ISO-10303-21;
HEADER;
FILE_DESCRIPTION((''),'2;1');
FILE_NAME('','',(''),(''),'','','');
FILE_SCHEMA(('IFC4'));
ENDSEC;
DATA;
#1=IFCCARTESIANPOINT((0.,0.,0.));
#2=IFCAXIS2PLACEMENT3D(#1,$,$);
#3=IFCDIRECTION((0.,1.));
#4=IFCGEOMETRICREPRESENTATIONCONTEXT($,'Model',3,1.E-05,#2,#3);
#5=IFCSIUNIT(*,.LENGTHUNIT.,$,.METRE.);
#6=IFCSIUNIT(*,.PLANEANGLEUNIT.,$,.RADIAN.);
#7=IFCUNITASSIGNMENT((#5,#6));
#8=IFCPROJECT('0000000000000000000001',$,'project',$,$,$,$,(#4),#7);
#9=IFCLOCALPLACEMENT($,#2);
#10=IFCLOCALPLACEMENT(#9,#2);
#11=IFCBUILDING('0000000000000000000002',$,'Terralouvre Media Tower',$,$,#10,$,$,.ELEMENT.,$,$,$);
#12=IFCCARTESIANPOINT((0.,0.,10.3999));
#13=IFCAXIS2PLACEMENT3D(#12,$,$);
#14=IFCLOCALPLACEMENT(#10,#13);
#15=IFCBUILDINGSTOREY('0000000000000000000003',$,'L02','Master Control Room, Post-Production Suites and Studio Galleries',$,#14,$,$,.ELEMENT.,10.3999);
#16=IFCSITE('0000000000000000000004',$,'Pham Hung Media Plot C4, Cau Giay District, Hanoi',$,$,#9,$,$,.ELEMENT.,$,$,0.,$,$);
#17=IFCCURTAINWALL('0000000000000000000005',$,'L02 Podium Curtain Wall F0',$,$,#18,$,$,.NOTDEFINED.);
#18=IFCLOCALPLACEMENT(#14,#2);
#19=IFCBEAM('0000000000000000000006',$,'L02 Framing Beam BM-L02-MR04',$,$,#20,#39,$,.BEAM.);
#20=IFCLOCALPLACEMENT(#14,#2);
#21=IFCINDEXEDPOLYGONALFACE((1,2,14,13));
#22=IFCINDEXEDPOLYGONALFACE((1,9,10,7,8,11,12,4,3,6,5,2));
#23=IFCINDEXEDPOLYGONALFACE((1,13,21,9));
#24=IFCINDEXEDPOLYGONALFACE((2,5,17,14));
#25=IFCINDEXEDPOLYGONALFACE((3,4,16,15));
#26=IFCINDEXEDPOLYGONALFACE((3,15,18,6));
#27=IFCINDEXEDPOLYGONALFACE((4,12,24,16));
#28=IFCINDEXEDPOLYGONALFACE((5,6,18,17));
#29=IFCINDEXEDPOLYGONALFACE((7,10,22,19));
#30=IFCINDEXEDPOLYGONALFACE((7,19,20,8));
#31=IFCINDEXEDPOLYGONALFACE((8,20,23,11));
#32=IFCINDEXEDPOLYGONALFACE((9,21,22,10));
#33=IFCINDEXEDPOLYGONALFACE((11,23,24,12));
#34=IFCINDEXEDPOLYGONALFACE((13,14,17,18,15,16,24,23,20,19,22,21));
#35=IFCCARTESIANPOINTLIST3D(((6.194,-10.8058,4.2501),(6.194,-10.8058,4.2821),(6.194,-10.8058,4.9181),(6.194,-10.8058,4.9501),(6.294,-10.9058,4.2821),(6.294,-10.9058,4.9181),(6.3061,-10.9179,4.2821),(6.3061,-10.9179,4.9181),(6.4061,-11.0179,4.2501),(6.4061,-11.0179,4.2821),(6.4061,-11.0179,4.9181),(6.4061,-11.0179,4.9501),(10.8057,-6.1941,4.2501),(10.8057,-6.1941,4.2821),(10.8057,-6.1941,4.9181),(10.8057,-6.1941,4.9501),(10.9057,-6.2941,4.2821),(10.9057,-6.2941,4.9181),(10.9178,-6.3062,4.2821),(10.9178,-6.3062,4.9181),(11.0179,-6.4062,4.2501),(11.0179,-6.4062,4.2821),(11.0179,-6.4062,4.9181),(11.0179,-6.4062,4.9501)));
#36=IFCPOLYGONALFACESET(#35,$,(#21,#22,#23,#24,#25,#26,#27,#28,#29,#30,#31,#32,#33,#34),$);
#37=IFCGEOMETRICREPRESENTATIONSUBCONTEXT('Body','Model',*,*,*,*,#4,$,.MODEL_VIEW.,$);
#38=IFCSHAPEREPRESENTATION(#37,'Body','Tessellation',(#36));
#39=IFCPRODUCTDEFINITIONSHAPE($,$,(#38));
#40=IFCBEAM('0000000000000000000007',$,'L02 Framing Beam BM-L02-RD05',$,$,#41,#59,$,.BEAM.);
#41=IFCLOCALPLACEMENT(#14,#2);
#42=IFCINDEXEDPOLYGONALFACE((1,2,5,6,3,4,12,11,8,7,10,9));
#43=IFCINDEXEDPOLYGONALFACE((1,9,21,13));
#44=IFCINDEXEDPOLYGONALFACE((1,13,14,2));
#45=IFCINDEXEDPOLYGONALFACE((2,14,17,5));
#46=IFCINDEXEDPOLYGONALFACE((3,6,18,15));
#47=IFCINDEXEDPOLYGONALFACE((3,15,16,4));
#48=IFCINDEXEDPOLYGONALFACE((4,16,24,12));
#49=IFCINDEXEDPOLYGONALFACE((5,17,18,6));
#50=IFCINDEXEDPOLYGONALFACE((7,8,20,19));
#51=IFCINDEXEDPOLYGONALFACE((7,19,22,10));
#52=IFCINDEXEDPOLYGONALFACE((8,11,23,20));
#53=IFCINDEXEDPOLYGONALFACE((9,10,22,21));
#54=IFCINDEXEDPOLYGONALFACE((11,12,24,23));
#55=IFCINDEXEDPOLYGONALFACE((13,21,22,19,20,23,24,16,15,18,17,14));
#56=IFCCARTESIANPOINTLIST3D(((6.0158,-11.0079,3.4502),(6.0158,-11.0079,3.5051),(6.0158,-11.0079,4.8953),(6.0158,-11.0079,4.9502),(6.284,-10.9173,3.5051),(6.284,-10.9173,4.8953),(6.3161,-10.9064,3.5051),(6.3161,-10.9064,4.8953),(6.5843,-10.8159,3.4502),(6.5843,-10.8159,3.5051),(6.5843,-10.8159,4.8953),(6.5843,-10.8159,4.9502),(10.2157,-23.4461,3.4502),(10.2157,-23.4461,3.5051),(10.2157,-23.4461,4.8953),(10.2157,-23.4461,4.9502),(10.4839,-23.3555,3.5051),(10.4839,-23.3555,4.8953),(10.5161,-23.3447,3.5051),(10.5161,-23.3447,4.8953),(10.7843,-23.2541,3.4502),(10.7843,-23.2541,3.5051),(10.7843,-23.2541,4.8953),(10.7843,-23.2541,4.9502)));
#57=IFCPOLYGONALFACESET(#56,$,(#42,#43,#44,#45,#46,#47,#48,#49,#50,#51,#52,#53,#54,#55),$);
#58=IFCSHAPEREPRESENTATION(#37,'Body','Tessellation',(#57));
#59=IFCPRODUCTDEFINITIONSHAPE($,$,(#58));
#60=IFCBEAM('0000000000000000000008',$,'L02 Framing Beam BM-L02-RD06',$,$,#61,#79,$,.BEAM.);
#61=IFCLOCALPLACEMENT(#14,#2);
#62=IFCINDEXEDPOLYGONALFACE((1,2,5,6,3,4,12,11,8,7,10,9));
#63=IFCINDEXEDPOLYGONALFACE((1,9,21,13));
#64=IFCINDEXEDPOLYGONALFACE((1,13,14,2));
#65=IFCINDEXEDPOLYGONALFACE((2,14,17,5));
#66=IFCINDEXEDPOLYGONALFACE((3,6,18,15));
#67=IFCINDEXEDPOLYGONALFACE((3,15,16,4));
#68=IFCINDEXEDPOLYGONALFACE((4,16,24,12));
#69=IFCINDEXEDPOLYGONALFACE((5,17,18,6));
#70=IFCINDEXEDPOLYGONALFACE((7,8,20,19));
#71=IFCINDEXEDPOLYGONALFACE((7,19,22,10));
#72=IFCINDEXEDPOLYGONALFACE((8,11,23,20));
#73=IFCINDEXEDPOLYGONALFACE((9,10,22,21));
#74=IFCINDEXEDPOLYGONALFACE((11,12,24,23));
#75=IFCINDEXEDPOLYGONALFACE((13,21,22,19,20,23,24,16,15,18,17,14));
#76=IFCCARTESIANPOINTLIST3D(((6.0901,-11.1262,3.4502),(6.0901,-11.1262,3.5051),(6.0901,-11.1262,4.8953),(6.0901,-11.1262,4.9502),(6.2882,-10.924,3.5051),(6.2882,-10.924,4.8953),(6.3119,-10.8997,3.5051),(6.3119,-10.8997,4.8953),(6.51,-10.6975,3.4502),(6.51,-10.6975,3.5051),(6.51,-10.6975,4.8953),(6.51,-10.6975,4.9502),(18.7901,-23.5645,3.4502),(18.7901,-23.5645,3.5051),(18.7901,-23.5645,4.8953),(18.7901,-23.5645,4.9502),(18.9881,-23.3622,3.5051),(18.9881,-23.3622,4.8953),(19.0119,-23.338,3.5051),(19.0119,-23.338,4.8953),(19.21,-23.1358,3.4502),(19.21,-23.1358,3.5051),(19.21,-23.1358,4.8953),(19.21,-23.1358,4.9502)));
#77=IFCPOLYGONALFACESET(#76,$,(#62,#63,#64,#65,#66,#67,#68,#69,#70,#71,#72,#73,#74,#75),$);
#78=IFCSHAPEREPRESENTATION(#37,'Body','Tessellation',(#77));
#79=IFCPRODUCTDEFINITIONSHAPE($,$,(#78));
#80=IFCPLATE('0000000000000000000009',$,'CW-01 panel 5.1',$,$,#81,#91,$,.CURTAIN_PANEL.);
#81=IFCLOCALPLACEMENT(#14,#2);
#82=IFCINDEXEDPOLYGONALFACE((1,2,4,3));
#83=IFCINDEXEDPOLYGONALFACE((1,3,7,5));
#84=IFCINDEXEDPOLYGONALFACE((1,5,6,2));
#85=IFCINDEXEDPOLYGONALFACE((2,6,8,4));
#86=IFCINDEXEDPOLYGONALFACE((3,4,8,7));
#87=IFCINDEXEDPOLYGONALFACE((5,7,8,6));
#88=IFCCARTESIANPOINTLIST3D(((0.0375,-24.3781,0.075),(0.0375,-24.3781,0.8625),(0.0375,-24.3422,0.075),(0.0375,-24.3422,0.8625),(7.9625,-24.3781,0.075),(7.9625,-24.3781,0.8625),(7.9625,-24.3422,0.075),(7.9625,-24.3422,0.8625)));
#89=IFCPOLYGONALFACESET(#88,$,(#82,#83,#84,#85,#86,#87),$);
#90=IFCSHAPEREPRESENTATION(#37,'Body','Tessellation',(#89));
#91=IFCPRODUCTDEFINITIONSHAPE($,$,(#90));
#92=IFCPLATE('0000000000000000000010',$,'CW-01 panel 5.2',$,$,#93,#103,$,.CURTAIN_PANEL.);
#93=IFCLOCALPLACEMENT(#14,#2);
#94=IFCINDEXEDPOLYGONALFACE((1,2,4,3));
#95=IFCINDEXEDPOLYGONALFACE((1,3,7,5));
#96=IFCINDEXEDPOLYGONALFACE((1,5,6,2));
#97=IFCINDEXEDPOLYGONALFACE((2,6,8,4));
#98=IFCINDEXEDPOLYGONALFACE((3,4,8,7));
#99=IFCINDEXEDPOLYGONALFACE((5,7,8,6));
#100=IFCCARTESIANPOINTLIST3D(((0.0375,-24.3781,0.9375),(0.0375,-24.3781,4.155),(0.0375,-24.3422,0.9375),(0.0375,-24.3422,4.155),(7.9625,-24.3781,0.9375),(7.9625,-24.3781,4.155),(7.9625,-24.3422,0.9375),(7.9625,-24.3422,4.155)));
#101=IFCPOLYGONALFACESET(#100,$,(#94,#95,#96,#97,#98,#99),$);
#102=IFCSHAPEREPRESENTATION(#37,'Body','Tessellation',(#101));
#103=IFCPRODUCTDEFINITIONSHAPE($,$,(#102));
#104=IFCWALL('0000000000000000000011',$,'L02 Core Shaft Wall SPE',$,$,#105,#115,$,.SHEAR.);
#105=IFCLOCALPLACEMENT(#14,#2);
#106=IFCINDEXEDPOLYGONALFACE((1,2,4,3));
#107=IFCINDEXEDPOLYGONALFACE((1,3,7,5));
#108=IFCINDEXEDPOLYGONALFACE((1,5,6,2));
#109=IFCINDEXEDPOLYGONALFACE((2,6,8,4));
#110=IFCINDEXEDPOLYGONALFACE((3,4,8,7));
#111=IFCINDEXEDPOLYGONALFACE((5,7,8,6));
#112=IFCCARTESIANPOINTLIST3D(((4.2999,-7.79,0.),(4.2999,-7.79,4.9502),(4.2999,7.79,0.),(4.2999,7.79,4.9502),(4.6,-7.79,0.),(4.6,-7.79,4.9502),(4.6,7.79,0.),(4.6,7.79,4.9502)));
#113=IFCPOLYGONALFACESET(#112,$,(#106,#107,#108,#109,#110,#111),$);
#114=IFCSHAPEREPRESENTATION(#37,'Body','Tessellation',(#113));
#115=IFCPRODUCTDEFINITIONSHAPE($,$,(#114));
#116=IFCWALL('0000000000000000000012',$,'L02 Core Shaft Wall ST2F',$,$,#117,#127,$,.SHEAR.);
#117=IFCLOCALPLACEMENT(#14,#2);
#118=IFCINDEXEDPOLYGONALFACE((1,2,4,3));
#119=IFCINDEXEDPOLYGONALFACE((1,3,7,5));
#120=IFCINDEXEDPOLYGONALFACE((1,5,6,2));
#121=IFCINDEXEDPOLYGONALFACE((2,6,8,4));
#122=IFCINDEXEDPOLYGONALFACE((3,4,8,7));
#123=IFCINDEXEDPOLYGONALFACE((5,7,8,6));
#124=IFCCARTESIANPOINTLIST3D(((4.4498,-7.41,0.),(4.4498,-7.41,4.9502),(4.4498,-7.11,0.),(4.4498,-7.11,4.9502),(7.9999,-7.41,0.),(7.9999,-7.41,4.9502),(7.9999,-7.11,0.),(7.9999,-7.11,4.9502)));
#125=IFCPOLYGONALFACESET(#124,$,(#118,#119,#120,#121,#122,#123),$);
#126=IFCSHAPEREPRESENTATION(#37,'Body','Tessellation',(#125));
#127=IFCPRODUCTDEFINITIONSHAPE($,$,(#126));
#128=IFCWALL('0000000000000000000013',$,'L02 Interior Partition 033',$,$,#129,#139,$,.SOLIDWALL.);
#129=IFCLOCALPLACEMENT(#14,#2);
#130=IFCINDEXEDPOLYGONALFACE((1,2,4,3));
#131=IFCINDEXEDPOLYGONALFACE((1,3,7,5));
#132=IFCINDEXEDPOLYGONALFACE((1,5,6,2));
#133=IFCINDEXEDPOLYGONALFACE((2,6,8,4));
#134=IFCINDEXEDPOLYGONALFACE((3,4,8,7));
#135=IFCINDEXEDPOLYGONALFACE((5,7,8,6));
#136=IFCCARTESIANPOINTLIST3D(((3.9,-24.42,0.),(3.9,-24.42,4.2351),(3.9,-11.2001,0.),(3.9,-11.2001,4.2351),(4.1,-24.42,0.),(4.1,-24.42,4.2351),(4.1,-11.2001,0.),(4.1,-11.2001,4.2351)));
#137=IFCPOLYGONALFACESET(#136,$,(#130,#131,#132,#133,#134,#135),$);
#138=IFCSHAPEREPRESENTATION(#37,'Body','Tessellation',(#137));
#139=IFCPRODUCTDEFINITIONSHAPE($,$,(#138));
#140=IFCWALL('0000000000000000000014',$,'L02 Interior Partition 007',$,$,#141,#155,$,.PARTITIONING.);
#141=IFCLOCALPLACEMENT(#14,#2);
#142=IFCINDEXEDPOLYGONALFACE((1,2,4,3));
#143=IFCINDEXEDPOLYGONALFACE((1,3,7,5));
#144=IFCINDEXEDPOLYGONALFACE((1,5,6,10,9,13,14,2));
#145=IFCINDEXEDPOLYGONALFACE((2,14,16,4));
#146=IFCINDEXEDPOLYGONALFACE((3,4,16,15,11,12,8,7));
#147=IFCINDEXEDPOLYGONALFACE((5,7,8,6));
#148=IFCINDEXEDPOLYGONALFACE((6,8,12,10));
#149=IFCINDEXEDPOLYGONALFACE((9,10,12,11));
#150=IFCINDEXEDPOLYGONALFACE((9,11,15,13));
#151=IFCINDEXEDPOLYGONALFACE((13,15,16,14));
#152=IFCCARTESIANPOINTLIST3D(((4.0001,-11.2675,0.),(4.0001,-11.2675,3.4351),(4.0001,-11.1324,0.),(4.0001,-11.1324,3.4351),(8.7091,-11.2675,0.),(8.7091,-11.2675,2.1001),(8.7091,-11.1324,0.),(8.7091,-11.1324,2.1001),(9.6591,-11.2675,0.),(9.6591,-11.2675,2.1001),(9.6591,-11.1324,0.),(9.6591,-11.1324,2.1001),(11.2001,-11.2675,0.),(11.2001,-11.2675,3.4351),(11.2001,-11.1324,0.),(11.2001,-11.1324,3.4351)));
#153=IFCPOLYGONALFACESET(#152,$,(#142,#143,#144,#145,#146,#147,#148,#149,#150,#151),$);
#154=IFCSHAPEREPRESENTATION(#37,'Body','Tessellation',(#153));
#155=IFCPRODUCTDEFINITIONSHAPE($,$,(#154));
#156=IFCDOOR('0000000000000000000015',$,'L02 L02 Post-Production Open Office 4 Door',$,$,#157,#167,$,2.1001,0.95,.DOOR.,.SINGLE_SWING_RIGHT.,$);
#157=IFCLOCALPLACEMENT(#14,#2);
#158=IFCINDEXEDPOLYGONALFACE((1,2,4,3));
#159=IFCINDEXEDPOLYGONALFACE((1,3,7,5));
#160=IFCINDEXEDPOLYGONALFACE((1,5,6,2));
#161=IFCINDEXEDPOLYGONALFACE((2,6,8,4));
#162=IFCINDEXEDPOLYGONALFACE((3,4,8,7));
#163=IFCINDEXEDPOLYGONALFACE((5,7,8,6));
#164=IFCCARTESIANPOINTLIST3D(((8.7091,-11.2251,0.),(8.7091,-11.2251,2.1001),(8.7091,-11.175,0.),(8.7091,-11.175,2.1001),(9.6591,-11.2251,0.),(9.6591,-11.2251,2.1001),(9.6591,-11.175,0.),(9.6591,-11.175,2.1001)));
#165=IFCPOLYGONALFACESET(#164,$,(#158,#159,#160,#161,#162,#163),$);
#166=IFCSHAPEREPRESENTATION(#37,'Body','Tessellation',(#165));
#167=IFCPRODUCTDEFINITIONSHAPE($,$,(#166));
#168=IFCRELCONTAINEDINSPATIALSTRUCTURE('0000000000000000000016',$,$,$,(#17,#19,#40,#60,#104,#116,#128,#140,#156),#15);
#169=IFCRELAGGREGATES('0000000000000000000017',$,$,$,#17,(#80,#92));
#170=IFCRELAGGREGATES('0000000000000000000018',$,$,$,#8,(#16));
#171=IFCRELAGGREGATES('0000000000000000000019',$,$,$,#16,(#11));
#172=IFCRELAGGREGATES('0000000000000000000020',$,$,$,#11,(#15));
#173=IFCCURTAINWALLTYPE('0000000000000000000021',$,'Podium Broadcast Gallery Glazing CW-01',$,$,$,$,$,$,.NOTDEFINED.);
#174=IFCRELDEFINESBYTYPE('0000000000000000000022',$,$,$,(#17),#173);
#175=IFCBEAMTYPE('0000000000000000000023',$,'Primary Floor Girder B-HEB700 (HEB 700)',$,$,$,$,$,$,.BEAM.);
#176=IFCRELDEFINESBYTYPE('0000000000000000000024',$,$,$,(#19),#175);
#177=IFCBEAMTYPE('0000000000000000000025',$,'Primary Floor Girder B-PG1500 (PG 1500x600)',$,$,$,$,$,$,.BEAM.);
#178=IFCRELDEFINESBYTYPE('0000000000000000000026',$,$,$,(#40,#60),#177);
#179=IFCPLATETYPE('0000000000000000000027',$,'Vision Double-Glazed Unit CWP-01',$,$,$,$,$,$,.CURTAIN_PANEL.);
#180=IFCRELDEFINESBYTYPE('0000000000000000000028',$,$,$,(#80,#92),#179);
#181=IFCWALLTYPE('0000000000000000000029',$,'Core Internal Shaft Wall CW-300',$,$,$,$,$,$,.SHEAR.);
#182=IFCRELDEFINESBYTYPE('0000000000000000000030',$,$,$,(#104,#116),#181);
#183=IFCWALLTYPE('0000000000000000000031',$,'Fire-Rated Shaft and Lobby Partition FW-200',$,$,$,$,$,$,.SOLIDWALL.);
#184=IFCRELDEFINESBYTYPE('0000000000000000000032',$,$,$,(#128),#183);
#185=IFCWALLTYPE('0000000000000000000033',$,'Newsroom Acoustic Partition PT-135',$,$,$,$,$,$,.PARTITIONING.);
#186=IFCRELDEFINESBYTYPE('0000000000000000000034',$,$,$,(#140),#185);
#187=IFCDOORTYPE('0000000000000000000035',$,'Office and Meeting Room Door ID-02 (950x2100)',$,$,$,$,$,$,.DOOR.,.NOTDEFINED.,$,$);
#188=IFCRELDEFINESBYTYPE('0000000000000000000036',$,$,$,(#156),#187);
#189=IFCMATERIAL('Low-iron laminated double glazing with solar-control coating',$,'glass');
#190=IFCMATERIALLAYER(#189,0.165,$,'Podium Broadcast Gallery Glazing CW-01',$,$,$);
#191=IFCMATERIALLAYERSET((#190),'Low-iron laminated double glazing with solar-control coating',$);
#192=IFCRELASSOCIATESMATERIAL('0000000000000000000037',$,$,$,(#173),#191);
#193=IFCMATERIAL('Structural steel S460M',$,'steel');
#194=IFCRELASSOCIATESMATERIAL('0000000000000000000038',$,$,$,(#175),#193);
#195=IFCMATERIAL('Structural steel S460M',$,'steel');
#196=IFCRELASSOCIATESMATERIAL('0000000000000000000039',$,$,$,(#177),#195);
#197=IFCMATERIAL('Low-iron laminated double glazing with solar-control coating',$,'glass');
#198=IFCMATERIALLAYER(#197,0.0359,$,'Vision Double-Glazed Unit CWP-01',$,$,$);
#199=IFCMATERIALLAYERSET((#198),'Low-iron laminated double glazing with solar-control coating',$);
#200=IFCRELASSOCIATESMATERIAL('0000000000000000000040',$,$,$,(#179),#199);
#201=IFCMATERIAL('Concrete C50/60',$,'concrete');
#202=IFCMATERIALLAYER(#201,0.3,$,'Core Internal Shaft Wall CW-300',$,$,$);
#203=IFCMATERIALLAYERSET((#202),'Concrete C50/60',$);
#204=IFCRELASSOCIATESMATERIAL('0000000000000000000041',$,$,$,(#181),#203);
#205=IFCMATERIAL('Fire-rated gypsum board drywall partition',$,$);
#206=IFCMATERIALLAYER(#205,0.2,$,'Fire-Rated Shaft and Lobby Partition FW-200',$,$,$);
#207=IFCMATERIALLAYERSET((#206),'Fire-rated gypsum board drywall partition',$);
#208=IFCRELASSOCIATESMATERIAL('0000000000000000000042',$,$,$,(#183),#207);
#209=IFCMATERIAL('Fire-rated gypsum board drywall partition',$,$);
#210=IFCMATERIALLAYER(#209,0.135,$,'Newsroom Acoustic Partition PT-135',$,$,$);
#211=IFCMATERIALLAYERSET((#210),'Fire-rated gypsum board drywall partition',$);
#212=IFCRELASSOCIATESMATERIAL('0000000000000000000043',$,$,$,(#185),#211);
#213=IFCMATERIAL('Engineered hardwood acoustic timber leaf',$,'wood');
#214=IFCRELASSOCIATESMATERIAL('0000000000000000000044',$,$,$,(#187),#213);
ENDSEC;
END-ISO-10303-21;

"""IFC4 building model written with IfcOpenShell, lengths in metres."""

from ifc_helpers import new_model, si_unit, direction, frame, frame_2d, origin, origin_2d, place, context, subcontext, project, spatial, rectangle, i_section, extrude, material, layer, layer_set, material_profile, profile_set, type_object, element, fill, aggregate, save


model = new_model("IFC4")

# Units and contexts
model_context = context("Model", 3, precision=1e-05, world=origin(), true_north=direction((0.0, 1.0)))
body_context = subcontext(model_context, "Body", "Model", "MODEL_VIEW")
ifc_project = project(units=[si_unit("LENGTHUNIT", "METRE"), si_unit("PLANEANGLEUNIT", "RADIAN")], contexts=[model_context])

# Site, building, storey
site_placement = place(None, origin())
site = spatial("IfcSite", under=ifc_project, at=site_placement, Name="Pham Hung Media Plot C4, Cau Giay District, Hanoi", CompositionType="ELEMENT", RefElevation=0.0)
building_placement = place(site_placement, origin())
building = spatial("IfcBuilding", under=site, at=building_placement, Name="Terralouvre Media Tower", CompositionType="ELEMENT")
storey_placement = place(building_placement, frame((0.0, 0.0, 10.3999)))
storey = spatial("IfcBuildingStorey", under=building, at=storey_placement, Name="L02", Description="Master Control Room, Post-Production Suites and Studio Galleries", CompositionType="ELEMENT", Elevation=10.3999)

# Curtain wall
ifc_material_1 = material(Name="Low-iron laminated double glazing with solar-control coating", Category="glass")
ifc_layer_1 = layer(ifc_material_1, 0.165, Name="Podium Broadcast Gallery Glazing CW-01")
ifc_layer_set_1 = layer_set([ifc_layer_1], Name="Low-iron laminated double glazing with solar-control coating")
curtain_wall_type = type_object("IfcCurtainWallType", Name="Podium Broadcast Gallery Glazing CW-01", PredefinedType="NOTDEFINED", material=ifc_layer_set_1)
curtain_wall_placement = place(storey_placement, origin())
curtain_wall = element("IfcCurtainWall", 1, at=curtain_wall_placement, inside=storey, type_object=curtain_wall_type, Name="L02 Podium Curtain Wall F0", PredefinedType="NOTDEFINED")

# Beams
ifc_material_2 = material(Name="Structural steel S460M", Category="steel")
ifc_material_profile_1 = material_profile(ifc_material_2, i_section(OverallWidth=0.3, OverallDepth=0.7, WebThickness=0.0171, FlangeThickness=0.032, at=origin_2d()), Name="HEB 700")
ifc_profile_set_1 = profile_set([ifc_material_profile_1], Name="Structural steel S460M")
beam_type_1 = type_object("IfcBeamType", Name="Primary Floor Girder B-HEB700 (HEB 700)", PredefinedType="BEAM", material=ifc_profile_set_1)
beam_1_placement = place(storey_placement, frame((6.3, -10.9119, 4.6001), z_axis=(0.707107, 0.707107, 0.0), x_axis=(-0.707107, 0.707107, 0.0)))
element("IfcBeam", 2, at=beam_1_placement, inside=storey, type_object=beam_type_1, Name="L02 Framing Beam BM-L02-MR04", PredefinedType="BEAM", context=body_context, shape_type="SweptSolid", body=[
    extrude(i_section(OverallWidth=0.3, OverallDepth=0.7, WebThickness=0.0171, FlangeThickness=0.032, at=origin_2d()), origin(), (0.0, 0.0, 1.0), 6.522),
])
ifc_material_3 = material(Name="Structural steel S460M", Category="steel")
ifc_material_profile_2 = material_profile(ifc_material_3, i_section(OverallWidth=0.6001, OverallDepth=1.5, WebThickness=0.0339, FlangeThickness=0.0549, at=origin_2d()), Name="PG 1500x600")
ifc_profile_set_2 = profile_set([ifc_material_profile_2], Name="Structural steel S460M")
beam_type_2 = type_object("IfcBeamType", Name="Primary Floor Girder B-PG1500 (PG 1500x600)", PredefinedType="BEAM", material=ifc_profile_set_2)
beam_2_placement = place(storey_placement, frame((6.3, -10.9119, 4.2002), z_axis=(0.319919, -0.947445, 0.0), x_axis=(0.947445, 0.319919, 0.0)))
element("IfcBeam", 3, at=beam_2_placement, inside=storey, type_object=beam_type_2, Name="L02 Framing Beam BM-L02-RD05", PredefinedType="BEAM", context=body_context, shape_type="SweptSolid", body=[
    extrude(i_section(OverallWidth=0.6001, OverallDepth=1.5, WebThickness=0.0339, FlangeThickness=0.0549, at=origin_2d()), origin(), (0.0, 0.0, 1.0), 13.1282),
])
beam_3_placement = place(storey_placement, frame((6.3, -10.9119, 4.2002), z_axis=(0.71443, -0.699707, 0.0), x_axis=(0.699707, 0.71443, 0.0)))
element("IfcBeam", 4, at=beam_3_placement, inside=storey, type_object=beam_type_2, Name="L02 Framing Beam BM-L02-RD06", PredefinedType="BEAM", context=body_context, shape_type="SweptSolid", body=[
    extrude(i_section(OverallWidth=0.6001, OverallDepth=1.5, WebThickness=0.0339, FlangeThickness=0.0549, at=origin_2d()), origin(), (0.0, 0.0, 1.0), 17.7764),
])

# Plates
ifc_material_4 = material(Name="Low-iron laminated double glazing with solar-control coating", Category="glass")
ifc_layer_2 = layer(ifc_material_4, 0.0359, Name="Vision Double-Glazed Unit CWP-01")
ifc_layer_set_2 = layer_set([ifc_layer_2], Name="Low-iron laminated double glazing with solar-control coating")
plate_type = type_object("IfcPlateType", Name="Vision Double-Glazed Unit CWP-01", PredefinedType="CURTAIN_PANEL", material=ifc_layer_set_2)
plate_1_placement = place(storey_placement, frame((4.0, -24.3601, 0.075), z_axis=(0.0, 0.0, 1.0), x_axis=(1.0, 0.0, 0.0)))
plate_1 = element("IfcPlate", 5, at=plate_1_placement, type_object=plate_type, Name="CW-01 panel 5.1", PredefinedType="CURTAIN_PANEL", context=body_context, shape_type="SweptSolid", body=[
    extrude(rectangle(XDim=7.925, YDim=0.0359, at=origin_2d()), origin(), (0.0, 0.0, 1.0), 0.7876),
])
plate_2_placement = place(storey_placement, frame((4.0, -24.3601, 0.9375), z_axis=(0.0, 0.0, 1.0), x_axis=(1.0, 0.0, 0.0)))
plate_2 = element("IfcPlate", 6, at=plate_2_placement, type_object=plate_type, Name="CW-01 panel 5.2", PredefinedType="CURTAIN_PANEL", context=body_context, shape_type="SweptSolid", body=[
    extrude(rectangle(XDim=7.925, YDim=0.0359, at=origin_2d()), origin(), (0.0, 0.0, 1.0), 3.2175),
])
aggregate(curtain_wall, [plate_1, plate_2])

# Walls
ifc_material_5 = material(Name="Concrete C50/60", Category="concrete")
ifc_layer_3 = layer(ifc_material_5, 0.3, Name="Core Internal Shaft Wall CW-300")
ifc_layer_set_3 = layer_set([ifc_layer_3], Name="Concrete C50/60")
wall_type_1 = type_object("IfcWallType", Name="Core Internal Shaft Wall CW-300", PredefinedType="SHEAR", material=ifc_layer_set_3)
wall_1_placement = place(storey_placement, frame((4.45, -7.79, 0.0), z_axis=(0.0, 0.0, 1.0), x_axis=(0.0, 1.0, 0.0)))
element("IfcWall", 7, at=wall_1_placement, inside=storey, type_object=wall_type_1, Name="L02 Core Shaft Wall SPE", PredefinedType="SHEAR", context=body_context, shape_type="SweptSolid", body=[
    extrude(rectangle(XDim=15.5801, YDim=0.3, at=frame_2d((7.79, 0.0))), origin(), (0.0, 0.0, 1.0), 4.9502),
])
wall_2_placement = place(storey_placement, frame((4.45, -7.26, 0.0), z_axis=(0.0, 0.0, 1.0), x_axis=(1.0, 0.0, 0.0)))
element("IfcWall", 8, at=wall_2_placement, inside=storey, type_object=wall_type_1, Name="L02 Core Shaft Wall ST2F", PredefinedType="SHEAR", context=body_context, shape_type="SweptSolid", body=[
    extrude(rectangle(XDim=3.55, YDim=0.3, at=frame_2d((1.7749, 0.0))), origin(), (0.0, 0.0, 1.0), 4.9502),
])
ifc_material_6 = material(Name="Fire-rated gypsum board drywall partition")
ifc_layer_4 = layer(ifc_material_6, 0.2, Name="Fire-Rated Shaft and Lobby Partition FW-200")
ifc_layer_set_4 = layer_set([ifc_layer_4], Name="Fire-rated gypsum board drywall partition")
wall_type_2 = type_object("IfcWallType", Name="Fire-Rated Shaft and Lobby Partition FW-200", PredefinedType="SOLIDWALL", material=ifc_layer_set_4)
wall_3_placement = place(storey_placement, frame((4.0, -24.4199, 0.0), z_axis=(0.0, 0.0, 1.0), x_axis=(0.0, 1.0, 0.0)))
element("IfcWall", 9, at=wall_3_placement, inside=storey, type_object=wall_type_2, Name="L02 Interior Partition 033", PredefinedType="SOLIDWALL", context=body_context, shape_type="SweptSolid", body=[
    extrude(rectangle(XDim=13.22, YDim=0.2, at=frame_2d((6.6099, 0.0))), origin(), (0.0, 0.0, 1.0), 4.2351),
])

# Wall, opening, door
ifc_material_7 = material(Name="Fire-rated gypsum board drywall partition")
ifc_layer_5 = layer(ifc_material_7, 0.135, Name="Newsroom Acoustic Partition PT-135")
ifc_layer_set_5 = layer_set([ifc_layer_5], Name="Fire-rated gypsum board drywall partition")
wall_type_3 = type_object("IfcWallType", Name="Newsroom Acoustic Partition PT-135", PredefinedType="PARTITIONING", material=ifc_layer_set_5)
wall_4_placement = place(storey_placement, frame((4.0, -11.2, 0.0), z_axis=(0.0, 0.0, 1.0), x_axis=(1.0, 0.0, 0.0)))
wall_4 = element("IfcWall", 10, at=wall_4_placement, inside=storey, type_object=wall_type_3, Name="L02 Interior Partition 007", PredefinedType="PARTITIONING", context=body_context, shape_type="SweptSolid", body=[
    extrude(rectangle(XDim=7.2, YDim=0.135, at=frame_2d((3.6001, 0.0))), origin(), (0.0, 0.0, 1.0), 3.4351),
])
opening_placement = place(wall_4_placement, frame((4.709, 0.0, 0.0)))
opening = element("IfcOpeningElement", 11, at=opening_placement, cuts=wall_4, PredefinedType="OPENING", context=body_context, shape_type="SweptSolid", body=[
    extrude(rectangle(XDim=0.95, YDim=2.1001, at=frame_2d((0.4751, 1.05))), frame((0.0, 0.0774, 0.0), z_axis=(0.0, -1.0, 0.0), x_axis=(1.0, 0.0, 0.0)), (0.0, 0.0, 1.0), 0.155),
])
ifc_material_8 = material(Name="Engineered hardwood acoustic timber leaf", Category="wood")
door_type = type_object("IfcDoorType", Name="Office and Meeting Room Door ID-02 (950x2100)", OperationType="NOTDEFINED", PredefinedType="DOOR", material=ifc_material_8)
door_placement = place(opening_placement, origin())
door = element("IfcDoor", 12, at=door_placement, inside=storey, type_object=door_type, Name="L02 L02 Post-Production Open Office 4 Door", OperationType="SINGLE_SWING_RIGHT", OverallHeight=2.1001, OverallWidth=0.95, PredefinedType="DOOR", context=body_context, shape_type="SweptSolid", body=[
    extrude(rectangle(XDim=0.95, YDim=2.1001, at=frame_2d((0.4751, 1.05))), frame((0.0, 0.0249, 0.0), z_axis=(0.0, -1.0, 0.0), x_axis=(1.0, 0.0, 0.0)), (0.0, 0.0, 1.0), 0.05),
])
fill(opening, door)

save(model, "model.ifc")
